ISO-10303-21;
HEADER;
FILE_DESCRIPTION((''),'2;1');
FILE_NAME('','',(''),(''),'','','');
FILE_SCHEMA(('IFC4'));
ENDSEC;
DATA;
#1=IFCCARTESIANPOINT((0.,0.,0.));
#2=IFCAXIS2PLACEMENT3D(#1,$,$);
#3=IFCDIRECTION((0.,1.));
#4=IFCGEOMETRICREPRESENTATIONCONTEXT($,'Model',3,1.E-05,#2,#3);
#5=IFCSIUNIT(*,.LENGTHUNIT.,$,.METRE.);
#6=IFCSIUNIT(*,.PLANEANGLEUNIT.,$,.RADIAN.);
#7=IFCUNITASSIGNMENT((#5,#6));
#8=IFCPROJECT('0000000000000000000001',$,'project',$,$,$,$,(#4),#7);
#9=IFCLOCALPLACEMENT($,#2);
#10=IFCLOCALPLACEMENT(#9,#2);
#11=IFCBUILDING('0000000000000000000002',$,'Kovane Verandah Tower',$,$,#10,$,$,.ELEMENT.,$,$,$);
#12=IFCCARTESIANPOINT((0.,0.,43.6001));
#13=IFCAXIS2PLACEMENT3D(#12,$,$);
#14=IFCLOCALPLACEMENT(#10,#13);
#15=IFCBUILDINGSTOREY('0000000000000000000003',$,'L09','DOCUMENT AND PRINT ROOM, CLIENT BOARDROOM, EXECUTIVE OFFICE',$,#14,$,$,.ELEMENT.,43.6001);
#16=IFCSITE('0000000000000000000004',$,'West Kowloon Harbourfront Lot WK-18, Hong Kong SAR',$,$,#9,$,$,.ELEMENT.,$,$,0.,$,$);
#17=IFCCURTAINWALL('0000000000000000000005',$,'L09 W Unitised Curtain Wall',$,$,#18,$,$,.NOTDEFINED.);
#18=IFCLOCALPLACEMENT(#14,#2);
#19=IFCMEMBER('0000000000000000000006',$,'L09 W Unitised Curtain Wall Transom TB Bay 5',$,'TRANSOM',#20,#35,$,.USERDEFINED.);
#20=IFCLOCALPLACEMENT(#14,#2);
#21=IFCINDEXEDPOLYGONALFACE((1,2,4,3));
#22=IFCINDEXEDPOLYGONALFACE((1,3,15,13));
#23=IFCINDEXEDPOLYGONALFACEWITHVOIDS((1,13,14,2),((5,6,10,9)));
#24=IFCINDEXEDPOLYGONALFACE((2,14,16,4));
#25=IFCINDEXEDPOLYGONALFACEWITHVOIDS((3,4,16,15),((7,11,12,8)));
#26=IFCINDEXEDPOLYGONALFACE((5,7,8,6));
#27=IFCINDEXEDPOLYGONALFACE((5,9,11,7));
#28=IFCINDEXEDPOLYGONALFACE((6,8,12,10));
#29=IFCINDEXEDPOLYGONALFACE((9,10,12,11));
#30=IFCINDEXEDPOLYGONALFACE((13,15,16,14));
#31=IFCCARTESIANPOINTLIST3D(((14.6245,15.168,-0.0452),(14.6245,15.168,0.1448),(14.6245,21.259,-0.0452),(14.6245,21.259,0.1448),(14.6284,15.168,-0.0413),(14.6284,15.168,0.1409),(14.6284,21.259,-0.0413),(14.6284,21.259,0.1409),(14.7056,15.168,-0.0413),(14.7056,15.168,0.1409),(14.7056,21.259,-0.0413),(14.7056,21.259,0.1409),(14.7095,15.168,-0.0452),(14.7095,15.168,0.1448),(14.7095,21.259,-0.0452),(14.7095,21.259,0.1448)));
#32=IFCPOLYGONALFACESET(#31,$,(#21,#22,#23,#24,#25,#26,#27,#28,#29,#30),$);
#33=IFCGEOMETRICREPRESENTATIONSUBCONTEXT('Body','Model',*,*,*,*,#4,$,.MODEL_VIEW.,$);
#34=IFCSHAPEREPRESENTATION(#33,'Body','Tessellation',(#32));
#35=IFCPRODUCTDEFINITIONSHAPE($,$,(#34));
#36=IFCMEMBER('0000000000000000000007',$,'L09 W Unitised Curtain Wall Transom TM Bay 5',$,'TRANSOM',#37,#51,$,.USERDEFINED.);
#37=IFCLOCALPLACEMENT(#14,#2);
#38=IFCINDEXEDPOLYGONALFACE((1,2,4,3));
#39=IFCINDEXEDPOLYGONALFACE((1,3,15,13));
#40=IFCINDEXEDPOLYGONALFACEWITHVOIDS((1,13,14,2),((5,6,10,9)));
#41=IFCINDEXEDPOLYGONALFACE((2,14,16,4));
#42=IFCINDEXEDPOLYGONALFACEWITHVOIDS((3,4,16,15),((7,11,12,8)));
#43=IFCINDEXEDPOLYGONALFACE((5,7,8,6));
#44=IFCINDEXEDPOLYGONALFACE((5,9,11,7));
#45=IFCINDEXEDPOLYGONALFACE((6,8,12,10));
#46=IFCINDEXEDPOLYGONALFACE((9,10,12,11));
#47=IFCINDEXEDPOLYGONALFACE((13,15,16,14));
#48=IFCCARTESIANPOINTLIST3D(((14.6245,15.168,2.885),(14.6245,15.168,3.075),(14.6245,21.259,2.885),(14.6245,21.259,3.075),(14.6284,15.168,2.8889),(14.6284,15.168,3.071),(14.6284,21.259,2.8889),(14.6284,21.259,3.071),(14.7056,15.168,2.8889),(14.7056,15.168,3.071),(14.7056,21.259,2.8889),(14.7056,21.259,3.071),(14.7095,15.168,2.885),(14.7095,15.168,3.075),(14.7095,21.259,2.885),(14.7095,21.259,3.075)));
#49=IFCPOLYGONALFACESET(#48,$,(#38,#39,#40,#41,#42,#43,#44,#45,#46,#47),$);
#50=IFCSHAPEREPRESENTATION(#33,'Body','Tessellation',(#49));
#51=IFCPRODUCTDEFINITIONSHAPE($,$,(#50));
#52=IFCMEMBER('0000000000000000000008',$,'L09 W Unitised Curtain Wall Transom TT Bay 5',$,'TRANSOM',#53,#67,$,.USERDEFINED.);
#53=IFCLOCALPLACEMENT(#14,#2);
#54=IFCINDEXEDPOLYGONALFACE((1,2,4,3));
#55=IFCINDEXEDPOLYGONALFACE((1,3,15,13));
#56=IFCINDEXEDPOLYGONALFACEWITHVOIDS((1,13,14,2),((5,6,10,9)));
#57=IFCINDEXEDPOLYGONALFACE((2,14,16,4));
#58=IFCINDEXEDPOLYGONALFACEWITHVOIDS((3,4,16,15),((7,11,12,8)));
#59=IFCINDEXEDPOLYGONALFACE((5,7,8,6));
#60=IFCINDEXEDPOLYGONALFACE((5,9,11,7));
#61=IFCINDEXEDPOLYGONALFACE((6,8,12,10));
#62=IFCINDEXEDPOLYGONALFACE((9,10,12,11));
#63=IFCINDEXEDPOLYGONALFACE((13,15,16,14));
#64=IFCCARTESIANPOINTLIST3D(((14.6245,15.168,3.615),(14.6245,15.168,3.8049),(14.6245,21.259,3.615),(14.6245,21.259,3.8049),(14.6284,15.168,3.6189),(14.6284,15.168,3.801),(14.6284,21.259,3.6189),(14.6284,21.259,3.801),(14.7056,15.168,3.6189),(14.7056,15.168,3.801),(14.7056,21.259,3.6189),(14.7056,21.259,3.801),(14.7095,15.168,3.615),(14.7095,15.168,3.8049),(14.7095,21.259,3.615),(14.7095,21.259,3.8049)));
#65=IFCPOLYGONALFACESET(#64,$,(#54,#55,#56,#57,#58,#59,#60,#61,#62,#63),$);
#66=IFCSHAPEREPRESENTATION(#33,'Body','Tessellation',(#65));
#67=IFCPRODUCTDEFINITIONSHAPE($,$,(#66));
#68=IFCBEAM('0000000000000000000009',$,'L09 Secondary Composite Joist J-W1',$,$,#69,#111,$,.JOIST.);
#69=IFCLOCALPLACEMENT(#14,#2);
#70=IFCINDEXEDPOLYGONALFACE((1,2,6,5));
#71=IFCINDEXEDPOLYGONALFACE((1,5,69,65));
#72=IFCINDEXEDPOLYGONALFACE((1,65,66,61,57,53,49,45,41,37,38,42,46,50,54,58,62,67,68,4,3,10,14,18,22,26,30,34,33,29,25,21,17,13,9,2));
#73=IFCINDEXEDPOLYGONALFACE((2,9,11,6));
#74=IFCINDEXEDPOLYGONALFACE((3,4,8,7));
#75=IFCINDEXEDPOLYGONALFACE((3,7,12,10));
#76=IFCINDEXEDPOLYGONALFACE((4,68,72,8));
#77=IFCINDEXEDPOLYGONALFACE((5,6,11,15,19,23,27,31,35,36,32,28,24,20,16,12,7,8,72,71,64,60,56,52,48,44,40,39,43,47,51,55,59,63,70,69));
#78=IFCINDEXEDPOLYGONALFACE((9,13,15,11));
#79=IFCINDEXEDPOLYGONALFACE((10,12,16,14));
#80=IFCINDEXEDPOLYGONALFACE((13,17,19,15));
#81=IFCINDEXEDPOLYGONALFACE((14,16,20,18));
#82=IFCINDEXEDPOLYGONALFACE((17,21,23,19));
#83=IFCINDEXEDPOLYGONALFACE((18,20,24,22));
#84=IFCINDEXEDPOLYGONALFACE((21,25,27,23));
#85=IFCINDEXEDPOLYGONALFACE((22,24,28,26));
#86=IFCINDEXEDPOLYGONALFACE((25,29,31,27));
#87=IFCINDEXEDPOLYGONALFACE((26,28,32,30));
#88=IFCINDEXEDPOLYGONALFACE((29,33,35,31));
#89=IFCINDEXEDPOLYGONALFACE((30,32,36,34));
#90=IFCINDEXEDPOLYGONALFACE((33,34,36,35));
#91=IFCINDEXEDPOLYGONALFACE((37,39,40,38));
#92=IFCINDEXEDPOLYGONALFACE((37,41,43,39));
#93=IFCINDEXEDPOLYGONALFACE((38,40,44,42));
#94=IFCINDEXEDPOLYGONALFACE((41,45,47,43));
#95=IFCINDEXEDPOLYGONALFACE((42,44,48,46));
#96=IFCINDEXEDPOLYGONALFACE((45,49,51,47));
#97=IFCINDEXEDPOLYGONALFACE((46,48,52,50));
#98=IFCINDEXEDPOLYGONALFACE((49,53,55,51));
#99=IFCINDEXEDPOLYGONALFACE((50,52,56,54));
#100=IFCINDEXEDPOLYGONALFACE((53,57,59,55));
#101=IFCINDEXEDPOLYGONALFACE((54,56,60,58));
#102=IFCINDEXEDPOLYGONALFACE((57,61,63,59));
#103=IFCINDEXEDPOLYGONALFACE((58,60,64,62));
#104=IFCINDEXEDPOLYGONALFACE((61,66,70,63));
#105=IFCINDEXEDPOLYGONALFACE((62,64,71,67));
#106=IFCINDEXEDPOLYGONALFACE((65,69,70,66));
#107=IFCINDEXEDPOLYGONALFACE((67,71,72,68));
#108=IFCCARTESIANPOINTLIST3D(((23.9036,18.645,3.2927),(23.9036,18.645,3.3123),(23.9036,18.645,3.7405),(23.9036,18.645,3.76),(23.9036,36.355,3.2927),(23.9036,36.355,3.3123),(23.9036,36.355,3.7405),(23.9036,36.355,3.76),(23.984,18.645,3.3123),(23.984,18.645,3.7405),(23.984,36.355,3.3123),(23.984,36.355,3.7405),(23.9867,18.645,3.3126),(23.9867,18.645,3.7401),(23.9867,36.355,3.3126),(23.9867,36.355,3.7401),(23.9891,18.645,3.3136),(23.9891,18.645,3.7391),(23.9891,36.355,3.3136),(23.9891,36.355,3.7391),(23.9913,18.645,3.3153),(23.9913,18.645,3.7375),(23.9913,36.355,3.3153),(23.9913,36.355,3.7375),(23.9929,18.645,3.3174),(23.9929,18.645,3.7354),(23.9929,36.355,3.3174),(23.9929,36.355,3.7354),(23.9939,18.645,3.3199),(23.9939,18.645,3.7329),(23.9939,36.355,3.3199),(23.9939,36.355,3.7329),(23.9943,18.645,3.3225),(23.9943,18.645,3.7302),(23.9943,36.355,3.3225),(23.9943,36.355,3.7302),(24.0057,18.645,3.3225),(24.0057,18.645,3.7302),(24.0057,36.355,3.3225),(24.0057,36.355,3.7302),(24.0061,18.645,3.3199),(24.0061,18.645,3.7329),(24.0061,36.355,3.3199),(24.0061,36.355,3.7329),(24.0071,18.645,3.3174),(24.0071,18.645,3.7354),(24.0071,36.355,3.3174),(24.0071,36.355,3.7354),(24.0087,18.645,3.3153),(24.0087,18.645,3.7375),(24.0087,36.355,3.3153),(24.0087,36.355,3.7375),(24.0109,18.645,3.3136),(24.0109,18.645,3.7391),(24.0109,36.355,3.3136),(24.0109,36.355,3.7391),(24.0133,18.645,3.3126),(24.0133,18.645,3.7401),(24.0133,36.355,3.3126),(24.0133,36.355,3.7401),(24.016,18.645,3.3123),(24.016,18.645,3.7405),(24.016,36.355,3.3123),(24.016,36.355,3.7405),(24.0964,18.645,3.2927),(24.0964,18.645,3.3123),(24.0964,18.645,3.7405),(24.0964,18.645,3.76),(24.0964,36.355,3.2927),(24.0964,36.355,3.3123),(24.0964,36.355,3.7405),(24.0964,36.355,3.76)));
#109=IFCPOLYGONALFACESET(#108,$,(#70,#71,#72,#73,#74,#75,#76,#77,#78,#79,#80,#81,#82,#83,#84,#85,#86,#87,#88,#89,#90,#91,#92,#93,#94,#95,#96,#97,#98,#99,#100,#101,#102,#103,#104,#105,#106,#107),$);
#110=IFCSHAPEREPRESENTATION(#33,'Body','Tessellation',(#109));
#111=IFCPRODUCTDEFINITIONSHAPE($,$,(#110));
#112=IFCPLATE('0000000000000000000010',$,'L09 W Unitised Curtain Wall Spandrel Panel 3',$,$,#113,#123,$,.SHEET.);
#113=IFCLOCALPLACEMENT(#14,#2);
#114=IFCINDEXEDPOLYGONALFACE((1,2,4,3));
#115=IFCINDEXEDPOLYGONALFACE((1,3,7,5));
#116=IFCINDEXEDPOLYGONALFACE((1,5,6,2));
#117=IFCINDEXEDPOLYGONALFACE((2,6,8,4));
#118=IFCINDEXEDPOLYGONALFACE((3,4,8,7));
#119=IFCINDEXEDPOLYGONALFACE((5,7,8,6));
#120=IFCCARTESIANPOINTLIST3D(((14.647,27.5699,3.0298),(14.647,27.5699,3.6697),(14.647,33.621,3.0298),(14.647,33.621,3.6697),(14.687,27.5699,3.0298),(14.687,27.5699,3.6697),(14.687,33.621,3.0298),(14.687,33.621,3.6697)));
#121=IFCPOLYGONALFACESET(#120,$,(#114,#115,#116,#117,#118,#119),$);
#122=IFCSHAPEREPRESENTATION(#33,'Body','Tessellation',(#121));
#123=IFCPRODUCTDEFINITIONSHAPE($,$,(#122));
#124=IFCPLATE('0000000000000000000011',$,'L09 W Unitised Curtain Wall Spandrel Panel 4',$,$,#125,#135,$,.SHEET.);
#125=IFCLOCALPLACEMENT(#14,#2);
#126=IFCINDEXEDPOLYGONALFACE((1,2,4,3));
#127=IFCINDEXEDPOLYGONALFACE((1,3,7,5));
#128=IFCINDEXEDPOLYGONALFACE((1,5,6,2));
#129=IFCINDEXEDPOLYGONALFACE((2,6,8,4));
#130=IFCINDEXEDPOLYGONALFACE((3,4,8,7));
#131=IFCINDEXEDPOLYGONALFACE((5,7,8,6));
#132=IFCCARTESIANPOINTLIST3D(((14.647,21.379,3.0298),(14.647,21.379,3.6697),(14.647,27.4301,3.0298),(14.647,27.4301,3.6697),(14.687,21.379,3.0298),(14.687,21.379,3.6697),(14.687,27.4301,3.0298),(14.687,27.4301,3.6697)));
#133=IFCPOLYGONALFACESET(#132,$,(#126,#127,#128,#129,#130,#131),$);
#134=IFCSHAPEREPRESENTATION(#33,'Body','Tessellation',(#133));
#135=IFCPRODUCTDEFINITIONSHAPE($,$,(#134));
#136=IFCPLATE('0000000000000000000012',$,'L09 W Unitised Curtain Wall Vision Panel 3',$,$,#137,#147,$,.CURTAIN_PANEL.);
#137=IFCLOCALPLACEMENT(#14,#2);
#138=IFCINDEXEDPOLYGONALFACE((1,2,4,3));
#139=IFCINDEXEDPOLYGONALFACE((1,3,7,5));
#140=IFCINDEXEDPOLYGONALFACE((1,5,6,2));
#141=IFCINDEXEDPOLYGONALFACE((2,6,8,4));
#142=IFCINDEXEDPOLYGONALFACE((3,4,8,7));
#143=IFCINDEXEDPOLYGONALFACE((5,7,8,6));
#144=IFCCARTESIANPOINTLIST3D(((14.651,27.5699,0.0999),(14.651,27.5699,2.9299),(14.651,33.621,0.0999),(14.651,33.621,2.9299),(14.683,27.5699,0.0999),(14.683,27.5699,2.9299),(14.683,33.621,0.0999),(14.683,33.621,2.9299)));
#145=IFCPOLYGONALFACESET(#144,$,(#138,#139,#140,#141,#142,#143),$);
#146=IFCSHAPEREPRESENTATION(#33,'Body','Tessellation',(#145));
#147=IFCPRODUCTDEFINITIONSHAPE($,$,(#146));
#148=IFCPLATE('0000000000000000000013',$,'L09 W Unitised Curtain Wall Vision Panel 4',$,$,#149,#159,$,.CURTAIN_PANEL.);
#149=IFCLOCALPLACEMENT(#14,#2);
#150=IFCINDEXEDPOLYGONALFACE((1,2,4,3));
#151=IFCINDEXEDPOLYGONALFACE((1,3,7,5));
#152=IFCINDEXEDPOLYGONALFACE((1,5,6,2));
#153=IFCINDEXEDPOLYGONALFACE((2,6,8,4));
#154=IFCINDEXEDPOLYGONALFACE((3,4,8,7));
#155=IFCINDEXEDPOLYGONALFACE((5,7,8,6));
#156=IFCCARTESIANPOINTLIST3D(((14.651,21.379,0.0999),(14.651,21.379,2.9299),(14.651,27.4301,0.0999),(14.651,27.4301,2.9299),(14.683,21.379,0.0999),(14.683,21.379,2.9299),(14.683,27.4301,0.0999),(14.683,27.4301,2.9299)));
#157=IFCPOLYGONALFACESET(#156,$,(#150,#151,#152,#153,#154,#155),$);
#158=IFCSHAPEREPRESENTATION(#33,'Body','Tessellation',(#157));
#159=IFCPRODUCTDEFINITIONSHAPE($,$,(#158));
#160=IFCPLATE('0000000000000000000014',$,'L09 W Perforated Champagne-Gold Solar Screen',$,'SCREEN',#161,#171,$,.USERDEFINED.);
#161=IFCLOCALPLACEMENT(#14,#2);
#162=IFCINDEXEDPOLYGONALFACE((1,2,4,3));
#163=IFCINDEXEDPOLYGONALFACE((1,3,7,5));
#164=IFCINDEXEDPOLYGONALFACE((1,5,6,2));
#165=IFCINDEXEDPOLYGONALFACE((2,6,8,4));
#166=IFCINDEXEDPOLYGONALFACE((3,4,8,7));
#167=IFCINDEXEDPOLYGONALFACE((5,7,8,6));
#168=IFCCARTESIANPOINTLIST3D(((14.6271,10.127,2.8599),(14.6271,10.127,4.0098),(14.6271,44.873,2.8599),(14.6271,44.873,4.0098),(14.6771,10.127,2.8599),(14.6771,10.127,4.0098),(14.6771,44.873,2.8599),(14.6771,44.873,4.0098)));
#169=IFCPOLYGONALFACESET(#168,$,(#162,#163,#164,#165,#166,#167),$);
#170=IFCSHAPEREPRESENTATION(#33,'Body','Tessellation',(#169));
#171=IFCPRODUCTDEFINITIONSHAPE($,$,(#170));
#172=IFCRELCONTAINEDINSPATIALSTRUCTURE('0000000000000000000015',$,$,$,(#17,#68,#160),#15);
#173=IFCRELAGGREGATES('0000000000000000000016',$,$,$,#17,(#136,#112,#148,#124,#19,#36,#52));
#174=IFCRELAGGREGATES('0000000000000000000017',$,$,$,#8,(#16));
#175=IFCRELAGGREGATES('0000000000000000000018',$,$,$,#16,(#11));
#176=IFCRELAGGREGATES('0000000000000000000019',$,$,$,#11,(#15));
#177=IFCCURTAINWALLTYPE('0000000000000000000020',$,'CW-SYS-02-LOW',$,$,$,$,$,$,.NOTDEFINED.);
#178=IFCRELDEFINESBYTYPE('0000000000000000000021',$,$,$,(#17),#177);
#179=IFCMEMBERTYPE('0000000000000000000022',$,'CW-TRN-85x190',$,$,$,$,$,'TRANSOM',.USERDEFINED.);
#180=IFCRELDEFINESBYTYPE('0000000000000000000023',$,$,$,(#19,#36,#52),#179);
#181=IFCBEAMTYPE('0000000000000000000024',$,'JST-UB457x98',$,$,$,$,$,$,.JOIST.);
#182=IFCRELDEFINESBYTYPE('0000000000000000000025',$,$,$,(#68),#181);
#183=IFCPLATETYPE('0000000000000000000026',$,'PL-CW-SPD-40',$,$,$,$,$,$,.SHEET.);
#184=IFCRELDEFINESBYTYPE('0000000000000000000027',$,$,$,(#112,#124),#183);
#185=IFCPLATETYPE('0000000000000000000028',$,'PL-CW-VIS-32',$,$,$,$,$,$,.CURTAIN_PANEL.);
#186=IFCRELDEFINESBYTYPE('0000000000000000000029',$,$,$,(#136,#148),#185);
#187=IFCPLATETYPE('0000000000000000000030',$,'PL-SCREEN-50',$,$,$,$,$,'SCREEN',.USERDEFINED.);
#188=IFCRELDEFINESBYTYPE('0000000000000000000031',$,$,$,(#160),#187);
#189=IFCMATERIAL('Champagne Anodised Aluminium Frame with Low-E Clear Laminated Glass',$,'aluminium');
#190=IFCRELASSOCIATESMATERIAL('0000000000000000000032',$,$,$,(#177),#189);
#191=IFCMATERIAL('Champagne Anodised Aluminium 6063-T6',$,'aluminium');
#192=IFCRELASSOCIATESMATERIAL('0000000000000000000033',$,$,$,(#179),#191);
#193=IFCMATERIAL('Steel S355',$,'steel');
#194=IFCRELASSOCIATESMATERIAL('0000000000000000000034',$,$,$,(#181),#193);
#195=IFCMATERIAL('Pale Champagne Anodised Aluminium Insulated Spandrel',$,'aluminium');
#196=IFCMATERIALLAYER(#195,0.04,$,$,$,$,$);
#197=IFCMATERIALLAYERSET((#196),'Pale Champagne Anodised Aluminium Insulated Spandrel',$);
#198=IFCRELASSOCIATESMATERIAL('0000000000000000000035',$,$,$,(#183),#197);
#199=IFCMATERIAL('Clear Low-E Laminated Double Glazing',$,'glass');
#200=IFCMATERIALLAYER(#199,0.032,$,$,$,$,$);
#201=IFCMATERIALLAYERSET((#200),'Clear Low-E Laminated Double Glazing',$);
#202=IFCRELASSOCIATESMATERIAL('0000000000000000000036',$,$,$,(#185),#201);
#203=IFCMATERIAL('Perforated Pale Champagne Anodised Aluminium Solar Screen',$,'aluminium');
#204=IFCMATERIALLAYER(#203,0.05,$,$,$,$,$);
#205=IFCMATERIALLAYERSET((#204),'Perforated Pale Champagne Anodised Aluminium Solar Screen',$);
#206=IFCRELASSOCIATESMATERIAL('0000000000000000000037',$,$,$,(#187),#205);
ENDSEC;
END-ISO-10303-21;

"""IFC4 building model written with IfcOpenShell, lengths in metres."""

from ifc_helpers import new_model, si_unit, direction, frame, origin, origin_2d, place, context, subcontext, project, spatial, rectangle, hollow_rectangle, i_section, extrude, material, layer, layer_set, material_profile, profile_set, type_object, element, aggregate, save


model = new_model("IFC4")

# Units and contexts
model_context = context("Model", 3, precision=1e-05, world=origin(), true_north=direction((0.0, 1.0)))
body_context = subcontext(model_context, "Body", "Model", "MODEL_VIEW")
ifc_project = project(units=[si_unit("LENGTHUNIT", "METRE"), si_unit("PLANEANGLEUNIT", "RADIAN")], contexts=[model_context])

# Site, building, storey
site_placement = place(None, origin())
site = spatial("IfcSite", under=ifc_project, at=site_placement, Name="West Kowloon Harbourfront Lot WK-18, Hong Kong SAR", CompositionType="ELEMENT", RefElevation=0.0)
building_placement = place(site_placement, origin())
building = spatial("IfcBuilding", under=site, at=building_placement, Name="Kovane Verandah Tower", CompositionType="ELEMENT")
storey_placement = place(building_placement, frame((0.0, 0.0, 43.6001)))
storey = spatial("IfcBuildingStorey", under=building, at=storey_placement, Name="L09", Description="DOCUMENT AND PRINT ROOM, CLIENT BOARDROOM, EXECUTIVE OFFICE", CompositionType="ELEMENT", Elevation=43.6001)

# Shared definitions
ifc_material_1 = material(Name="Steel S355", Category="steel")

# Curtain wall, members
ifc_material_2 = material(Name="Champagne Anodised Aluminium Frame with Low-E Clear Laminated Glass", Category="aluminium")
curtain_wall_type = type_object("IfcCurtainWallType", Name="CW-SYS-02-LOW", PredefinedType="NOTDEFINED", material=ifc_material_2)
curtain_wall_placement = place(storey_placement, origin())
curtain_wall = element("IfcCurtainWall", 1, at=curtain_wall_placement, inside=storey, type_object=curtain_wall_type, Name="L09 W Unitised Curtain Wall", PredefinedType="NOTDEFINED")
ifc_material_3 = material(Name="Champagne Anodised Aluminium 6063-T6", Category="aluminium")
ifc_material_profile_1 = material_profile(ifc_material_3, hollow_rectangle(XDim=0.085, YDim=0.1899, WallThickness=0.0039, at=origin_2d()), Name="AL85x190x4")
ifc_profile_set_1 = profile_set([ifc_material_profile_1], Name="Champagne Anodised Aluminium 6063-T6")
member_type_1 = type_object("IfcMemberType", Name="CW-TRN-85x190", ElementType="TRANSOM", PredefinedType="USERDEFINED", material=ifc_profile_set_1)
member_1_placement = place(storey_placement, frame((14.667, 21.259, 0.0498), z_axis=(0.0, -1.0, 0.0), x_axis=(1.0, 0.0, 0.0)))
member_1 = element("IfcMember", 2, at=member_1_placement, type_object=member_type_1, Name="L09 W Unitised Curtain Wall Transom TB Bay 5", ObjectType="TRANSOM", PredefinedType="USERDEFINED", context=body_context, shape_type="SweptSolid", body=[
    extrude(hollow_rectangle(XDim=0.085, YDim=0.1899, WallThickness=0.0039, at=origin_2d()), origin(), (0.0, 0.0, 1.0), 6.0911),
])
member_2_placement = place(storey_placement, frame((14.667, 21.259, 2.98), z_axis=(0.0, -1.0, 0.0), x_axis=(1.0, 0.0, 0.0)))
member_2 = element("IfcMember", 3, at=member_2_placement, type_object=member_type_1, Name="L09 W Unitised Curtain Wall Transom TM Bay 5", ObjectType="TRANSOM", PredefinedType="USERDEFINED", context=body_context, shape_type="SweptSolid", body=[
    extrude(hollow_rectangle(XDim=0.085, YDim=0.1899, WallThickness=0.0039, at=origin_2d()), origin(), (0.0, 0.0, 1.0), 6.0911),
])
member_3_placement = place(storey_placement, frame((14.667, 21.259, 3.71), z_axis=(0.0, -1.0, 0.0), x_axis=(1.0, 0.0, 0.0)))
member_3 = element("IfcMember", 4, at=member_3_placement, type_object=member_type_1, Name="L09 W Unitised Curtain Wall Transom TT Bay 5", ObjectType="TRANSOM", PredefinedType="USERDEFINED", context=body_context, shape_type="SweptSolid", body=[
    extrude(hollow_rectangle(XDim=0.085, YDim=0.1899, WallThickness=0.0039, at=origin_2d()), origin(), (0.0, 0.0, 1.0), 6.0911),
])

# Beam
ifc_material_profile_2 = material_profile(ifc_material_1, i_section(OverallWidth=0.1929, OverallDepth=0.4673, WebThickness=0.0115, FlangeThickness=0.0195, FilletRadius=0.0103, at=origin_2d()), Name="UB457x191x98")
ifc_profile_set_2 = profile_set([ifc_material_profile_2], Name="Steel S355")
beam_type_1 = type_object("IfcBeamType", Name="JST-UB457x98", PredefinedType="JOIST", material=ifc_profile_set_2)
beam_1_placement = place(storey_placement, frame((24.0, 18.645, 3.5264), z_axis=(0.0, 1.0, 0.0), x_axis=(-1.0, 0.0, 0.0)))
element("IfcBeam", 5, at=beam_1_placement, inside=storey, type_object=beam_type_1, Name="L09 Secondary Composite Joist J-W1", PredefinedType="JOIST", context=body_context, shape_type="SweptSolid", body=[
    extrude(i_section(OverallWidth=0.1929, OverallDepth=0.4673, WebThickness=0.0115, FlangeThickness=0.0195, FilletRadius=0.0103, at=origin_2d()), origin(), (0.0, 0.0, 1.0), 17.71),
])

# Plates
ifc_material_4 = material(Name="Pale Champagne Anodised Aluminium Insulated Spandrel", Category="aluminium")
ifc_layer_1 = layer(ifc_material_4, 0.04)
ifc_layer_set_1 = layer_set([ifc_layer_1], Name="Pale Champagne Anodised Aluminium Insulated Spandrel")
plate_type_1 = type_object("IfcPlateType", Name="PL-CW-SPD-40", PredefinedType="SHEET", material=ifc_layer_set_1)
plate_1_placement = place(storey_placement, frame((14.667, 30.5955, 3.0298), z_axis=(0.0, 0.0, 1.0), x_axis=(0.0, -1.0, 0.0)))
plate_1 = element("IfcPlate", 6, at=plate_1_placement, type_object=plate_type_1, Name="L09 W Unitised Curtain Wall Spandrel Panel 3", PredefinedType="SHEET", context=body_context, shape_type="SweptSolid", body=[
    extrude(rectangle(XDim=6.051, YDim=0.04, at=origin_2d()), origin(), (0.0, 0.0, 1.0), 0.6399),
])
plate_2_placement = place(storey_placement, frame((14.667, 24.4045, 3.0298), z_axis=(0.0, 0.0, 1.0), x_axis=(0.0, -1.0, 0.0)))
plate_2 = element("IfcPlate", 7, at=plate_2_placement, type_object=plate_type_1, Name="L09 W Unitised Curtain Wall Spandrel Panel 4", PredefinedType="SHEET", context=body_context, shape_type="SweptSolid", body=[
    extrude(rectangle(XDim=6.051, YDim=0.04, at=origin_2d()), origin(), (0.0, 0.0, 1.0), 0.6399),
])
ifc_material_5 = material(Name="Clear Low-E Laminated Double Glazing", Category="glass")
ifc_layer_2 = layer(ifc_material_5, 0.032)
ifc_layer_set_2 = layer_set([ifc_layer_2], Name="Clear Low-E Laminated Double Glazing")
plate_type_2 = type_object("IfcPlateType", Name="PL-CW-VIS-32", PredefinedType="CURTAIN_PANEL", material=ifc_layer_set_2)
plate_3_placement = place(storey_placement, frame((14.667, 30.5955, 0.0999), z_axis=(0.0, 0.0, 1.0), x_axis=(0.0, -1.0, 0.0)))
plate_3 = element("IfcPlate", 8, at=plate_3_placement, type_object=plate_type_2, Name="L09 W Unitised Curtain Wall Vision Panel 3", PredefinedType="CURTAIN_PANEL", context=body_context, shape_type="SweptSolid", body=[
    extrude(rectangle(XDim=6.051, YDim=0.032, at=origin_2d()), origin(), (0.0, 0.0, 1.0), 2.8301),
])
plate_4_placement = place(storey_placement, frame((14.667, 24.4045, 0.0999), z_axis=(0.0, 0.0, 1.0), x_axis=(0.0, -1.0, 0.0)))
plate_4 = element("IfcPlate", 9, at=plate_4_placement, type_object=plate_type_2, Name="L09 W Unitised Curtain Wall Vision Panel 4", PredefinedType="CURTAIN_PANEL", context=body_context, shape_type="SweptSolid", body=[
    extrude(rectangle(XDim=6.051, YDim=0.032, at=origin_2d()), origin(), (0.0, 0.0, 1.0), 2.8301),
])
aggregate(curtain_wall, [plate_3, plate_1, plate_4, plate_2, member_1, member_2, member_3])
ifc_material_6 = material(Name="Perforated Pale Champagne Anodised Aluminium Solar Screen", Category="aluminium")
ifc_layer_3 = layer(ifc_material_6, 0.05)
ifc_layer_set_3 = layer_set([ifc_layer_3], Name="Perforated Pale Champagne Anodised Aluminium Solar Screen")
plate_type_3 = type_object("IfcPlateType", Name="PL-SCREEN-50", ElementType="SCREEN", PredefinedType="USERDEFINED", material=ifc_layer_set_3)
plate_5_placement = place(storey_placement, frame((14.6521, 27.5, 2.8599), z_axis=(0.0, 0.0, 1.0), x_axis=(0.0, -1.0, 0.0)))
element("IfcPlate", 10, at=plate_5_placement, inside=storey, type_object=plate_type_3, Name="L09 W Perforated Champagne-Gold Solar Screen", ObjectType="SCREEN", PredefinedType="USERDEFINED", context=body_context, shape_type="SweptSolid", body=[
    extrude(rectangle(XDim=34.7461, YDim=0.05, at=origin_2d()), origin(), (0.0, 0.0, 1.0), 1.1499),
])

save(model, "model.ifc")
